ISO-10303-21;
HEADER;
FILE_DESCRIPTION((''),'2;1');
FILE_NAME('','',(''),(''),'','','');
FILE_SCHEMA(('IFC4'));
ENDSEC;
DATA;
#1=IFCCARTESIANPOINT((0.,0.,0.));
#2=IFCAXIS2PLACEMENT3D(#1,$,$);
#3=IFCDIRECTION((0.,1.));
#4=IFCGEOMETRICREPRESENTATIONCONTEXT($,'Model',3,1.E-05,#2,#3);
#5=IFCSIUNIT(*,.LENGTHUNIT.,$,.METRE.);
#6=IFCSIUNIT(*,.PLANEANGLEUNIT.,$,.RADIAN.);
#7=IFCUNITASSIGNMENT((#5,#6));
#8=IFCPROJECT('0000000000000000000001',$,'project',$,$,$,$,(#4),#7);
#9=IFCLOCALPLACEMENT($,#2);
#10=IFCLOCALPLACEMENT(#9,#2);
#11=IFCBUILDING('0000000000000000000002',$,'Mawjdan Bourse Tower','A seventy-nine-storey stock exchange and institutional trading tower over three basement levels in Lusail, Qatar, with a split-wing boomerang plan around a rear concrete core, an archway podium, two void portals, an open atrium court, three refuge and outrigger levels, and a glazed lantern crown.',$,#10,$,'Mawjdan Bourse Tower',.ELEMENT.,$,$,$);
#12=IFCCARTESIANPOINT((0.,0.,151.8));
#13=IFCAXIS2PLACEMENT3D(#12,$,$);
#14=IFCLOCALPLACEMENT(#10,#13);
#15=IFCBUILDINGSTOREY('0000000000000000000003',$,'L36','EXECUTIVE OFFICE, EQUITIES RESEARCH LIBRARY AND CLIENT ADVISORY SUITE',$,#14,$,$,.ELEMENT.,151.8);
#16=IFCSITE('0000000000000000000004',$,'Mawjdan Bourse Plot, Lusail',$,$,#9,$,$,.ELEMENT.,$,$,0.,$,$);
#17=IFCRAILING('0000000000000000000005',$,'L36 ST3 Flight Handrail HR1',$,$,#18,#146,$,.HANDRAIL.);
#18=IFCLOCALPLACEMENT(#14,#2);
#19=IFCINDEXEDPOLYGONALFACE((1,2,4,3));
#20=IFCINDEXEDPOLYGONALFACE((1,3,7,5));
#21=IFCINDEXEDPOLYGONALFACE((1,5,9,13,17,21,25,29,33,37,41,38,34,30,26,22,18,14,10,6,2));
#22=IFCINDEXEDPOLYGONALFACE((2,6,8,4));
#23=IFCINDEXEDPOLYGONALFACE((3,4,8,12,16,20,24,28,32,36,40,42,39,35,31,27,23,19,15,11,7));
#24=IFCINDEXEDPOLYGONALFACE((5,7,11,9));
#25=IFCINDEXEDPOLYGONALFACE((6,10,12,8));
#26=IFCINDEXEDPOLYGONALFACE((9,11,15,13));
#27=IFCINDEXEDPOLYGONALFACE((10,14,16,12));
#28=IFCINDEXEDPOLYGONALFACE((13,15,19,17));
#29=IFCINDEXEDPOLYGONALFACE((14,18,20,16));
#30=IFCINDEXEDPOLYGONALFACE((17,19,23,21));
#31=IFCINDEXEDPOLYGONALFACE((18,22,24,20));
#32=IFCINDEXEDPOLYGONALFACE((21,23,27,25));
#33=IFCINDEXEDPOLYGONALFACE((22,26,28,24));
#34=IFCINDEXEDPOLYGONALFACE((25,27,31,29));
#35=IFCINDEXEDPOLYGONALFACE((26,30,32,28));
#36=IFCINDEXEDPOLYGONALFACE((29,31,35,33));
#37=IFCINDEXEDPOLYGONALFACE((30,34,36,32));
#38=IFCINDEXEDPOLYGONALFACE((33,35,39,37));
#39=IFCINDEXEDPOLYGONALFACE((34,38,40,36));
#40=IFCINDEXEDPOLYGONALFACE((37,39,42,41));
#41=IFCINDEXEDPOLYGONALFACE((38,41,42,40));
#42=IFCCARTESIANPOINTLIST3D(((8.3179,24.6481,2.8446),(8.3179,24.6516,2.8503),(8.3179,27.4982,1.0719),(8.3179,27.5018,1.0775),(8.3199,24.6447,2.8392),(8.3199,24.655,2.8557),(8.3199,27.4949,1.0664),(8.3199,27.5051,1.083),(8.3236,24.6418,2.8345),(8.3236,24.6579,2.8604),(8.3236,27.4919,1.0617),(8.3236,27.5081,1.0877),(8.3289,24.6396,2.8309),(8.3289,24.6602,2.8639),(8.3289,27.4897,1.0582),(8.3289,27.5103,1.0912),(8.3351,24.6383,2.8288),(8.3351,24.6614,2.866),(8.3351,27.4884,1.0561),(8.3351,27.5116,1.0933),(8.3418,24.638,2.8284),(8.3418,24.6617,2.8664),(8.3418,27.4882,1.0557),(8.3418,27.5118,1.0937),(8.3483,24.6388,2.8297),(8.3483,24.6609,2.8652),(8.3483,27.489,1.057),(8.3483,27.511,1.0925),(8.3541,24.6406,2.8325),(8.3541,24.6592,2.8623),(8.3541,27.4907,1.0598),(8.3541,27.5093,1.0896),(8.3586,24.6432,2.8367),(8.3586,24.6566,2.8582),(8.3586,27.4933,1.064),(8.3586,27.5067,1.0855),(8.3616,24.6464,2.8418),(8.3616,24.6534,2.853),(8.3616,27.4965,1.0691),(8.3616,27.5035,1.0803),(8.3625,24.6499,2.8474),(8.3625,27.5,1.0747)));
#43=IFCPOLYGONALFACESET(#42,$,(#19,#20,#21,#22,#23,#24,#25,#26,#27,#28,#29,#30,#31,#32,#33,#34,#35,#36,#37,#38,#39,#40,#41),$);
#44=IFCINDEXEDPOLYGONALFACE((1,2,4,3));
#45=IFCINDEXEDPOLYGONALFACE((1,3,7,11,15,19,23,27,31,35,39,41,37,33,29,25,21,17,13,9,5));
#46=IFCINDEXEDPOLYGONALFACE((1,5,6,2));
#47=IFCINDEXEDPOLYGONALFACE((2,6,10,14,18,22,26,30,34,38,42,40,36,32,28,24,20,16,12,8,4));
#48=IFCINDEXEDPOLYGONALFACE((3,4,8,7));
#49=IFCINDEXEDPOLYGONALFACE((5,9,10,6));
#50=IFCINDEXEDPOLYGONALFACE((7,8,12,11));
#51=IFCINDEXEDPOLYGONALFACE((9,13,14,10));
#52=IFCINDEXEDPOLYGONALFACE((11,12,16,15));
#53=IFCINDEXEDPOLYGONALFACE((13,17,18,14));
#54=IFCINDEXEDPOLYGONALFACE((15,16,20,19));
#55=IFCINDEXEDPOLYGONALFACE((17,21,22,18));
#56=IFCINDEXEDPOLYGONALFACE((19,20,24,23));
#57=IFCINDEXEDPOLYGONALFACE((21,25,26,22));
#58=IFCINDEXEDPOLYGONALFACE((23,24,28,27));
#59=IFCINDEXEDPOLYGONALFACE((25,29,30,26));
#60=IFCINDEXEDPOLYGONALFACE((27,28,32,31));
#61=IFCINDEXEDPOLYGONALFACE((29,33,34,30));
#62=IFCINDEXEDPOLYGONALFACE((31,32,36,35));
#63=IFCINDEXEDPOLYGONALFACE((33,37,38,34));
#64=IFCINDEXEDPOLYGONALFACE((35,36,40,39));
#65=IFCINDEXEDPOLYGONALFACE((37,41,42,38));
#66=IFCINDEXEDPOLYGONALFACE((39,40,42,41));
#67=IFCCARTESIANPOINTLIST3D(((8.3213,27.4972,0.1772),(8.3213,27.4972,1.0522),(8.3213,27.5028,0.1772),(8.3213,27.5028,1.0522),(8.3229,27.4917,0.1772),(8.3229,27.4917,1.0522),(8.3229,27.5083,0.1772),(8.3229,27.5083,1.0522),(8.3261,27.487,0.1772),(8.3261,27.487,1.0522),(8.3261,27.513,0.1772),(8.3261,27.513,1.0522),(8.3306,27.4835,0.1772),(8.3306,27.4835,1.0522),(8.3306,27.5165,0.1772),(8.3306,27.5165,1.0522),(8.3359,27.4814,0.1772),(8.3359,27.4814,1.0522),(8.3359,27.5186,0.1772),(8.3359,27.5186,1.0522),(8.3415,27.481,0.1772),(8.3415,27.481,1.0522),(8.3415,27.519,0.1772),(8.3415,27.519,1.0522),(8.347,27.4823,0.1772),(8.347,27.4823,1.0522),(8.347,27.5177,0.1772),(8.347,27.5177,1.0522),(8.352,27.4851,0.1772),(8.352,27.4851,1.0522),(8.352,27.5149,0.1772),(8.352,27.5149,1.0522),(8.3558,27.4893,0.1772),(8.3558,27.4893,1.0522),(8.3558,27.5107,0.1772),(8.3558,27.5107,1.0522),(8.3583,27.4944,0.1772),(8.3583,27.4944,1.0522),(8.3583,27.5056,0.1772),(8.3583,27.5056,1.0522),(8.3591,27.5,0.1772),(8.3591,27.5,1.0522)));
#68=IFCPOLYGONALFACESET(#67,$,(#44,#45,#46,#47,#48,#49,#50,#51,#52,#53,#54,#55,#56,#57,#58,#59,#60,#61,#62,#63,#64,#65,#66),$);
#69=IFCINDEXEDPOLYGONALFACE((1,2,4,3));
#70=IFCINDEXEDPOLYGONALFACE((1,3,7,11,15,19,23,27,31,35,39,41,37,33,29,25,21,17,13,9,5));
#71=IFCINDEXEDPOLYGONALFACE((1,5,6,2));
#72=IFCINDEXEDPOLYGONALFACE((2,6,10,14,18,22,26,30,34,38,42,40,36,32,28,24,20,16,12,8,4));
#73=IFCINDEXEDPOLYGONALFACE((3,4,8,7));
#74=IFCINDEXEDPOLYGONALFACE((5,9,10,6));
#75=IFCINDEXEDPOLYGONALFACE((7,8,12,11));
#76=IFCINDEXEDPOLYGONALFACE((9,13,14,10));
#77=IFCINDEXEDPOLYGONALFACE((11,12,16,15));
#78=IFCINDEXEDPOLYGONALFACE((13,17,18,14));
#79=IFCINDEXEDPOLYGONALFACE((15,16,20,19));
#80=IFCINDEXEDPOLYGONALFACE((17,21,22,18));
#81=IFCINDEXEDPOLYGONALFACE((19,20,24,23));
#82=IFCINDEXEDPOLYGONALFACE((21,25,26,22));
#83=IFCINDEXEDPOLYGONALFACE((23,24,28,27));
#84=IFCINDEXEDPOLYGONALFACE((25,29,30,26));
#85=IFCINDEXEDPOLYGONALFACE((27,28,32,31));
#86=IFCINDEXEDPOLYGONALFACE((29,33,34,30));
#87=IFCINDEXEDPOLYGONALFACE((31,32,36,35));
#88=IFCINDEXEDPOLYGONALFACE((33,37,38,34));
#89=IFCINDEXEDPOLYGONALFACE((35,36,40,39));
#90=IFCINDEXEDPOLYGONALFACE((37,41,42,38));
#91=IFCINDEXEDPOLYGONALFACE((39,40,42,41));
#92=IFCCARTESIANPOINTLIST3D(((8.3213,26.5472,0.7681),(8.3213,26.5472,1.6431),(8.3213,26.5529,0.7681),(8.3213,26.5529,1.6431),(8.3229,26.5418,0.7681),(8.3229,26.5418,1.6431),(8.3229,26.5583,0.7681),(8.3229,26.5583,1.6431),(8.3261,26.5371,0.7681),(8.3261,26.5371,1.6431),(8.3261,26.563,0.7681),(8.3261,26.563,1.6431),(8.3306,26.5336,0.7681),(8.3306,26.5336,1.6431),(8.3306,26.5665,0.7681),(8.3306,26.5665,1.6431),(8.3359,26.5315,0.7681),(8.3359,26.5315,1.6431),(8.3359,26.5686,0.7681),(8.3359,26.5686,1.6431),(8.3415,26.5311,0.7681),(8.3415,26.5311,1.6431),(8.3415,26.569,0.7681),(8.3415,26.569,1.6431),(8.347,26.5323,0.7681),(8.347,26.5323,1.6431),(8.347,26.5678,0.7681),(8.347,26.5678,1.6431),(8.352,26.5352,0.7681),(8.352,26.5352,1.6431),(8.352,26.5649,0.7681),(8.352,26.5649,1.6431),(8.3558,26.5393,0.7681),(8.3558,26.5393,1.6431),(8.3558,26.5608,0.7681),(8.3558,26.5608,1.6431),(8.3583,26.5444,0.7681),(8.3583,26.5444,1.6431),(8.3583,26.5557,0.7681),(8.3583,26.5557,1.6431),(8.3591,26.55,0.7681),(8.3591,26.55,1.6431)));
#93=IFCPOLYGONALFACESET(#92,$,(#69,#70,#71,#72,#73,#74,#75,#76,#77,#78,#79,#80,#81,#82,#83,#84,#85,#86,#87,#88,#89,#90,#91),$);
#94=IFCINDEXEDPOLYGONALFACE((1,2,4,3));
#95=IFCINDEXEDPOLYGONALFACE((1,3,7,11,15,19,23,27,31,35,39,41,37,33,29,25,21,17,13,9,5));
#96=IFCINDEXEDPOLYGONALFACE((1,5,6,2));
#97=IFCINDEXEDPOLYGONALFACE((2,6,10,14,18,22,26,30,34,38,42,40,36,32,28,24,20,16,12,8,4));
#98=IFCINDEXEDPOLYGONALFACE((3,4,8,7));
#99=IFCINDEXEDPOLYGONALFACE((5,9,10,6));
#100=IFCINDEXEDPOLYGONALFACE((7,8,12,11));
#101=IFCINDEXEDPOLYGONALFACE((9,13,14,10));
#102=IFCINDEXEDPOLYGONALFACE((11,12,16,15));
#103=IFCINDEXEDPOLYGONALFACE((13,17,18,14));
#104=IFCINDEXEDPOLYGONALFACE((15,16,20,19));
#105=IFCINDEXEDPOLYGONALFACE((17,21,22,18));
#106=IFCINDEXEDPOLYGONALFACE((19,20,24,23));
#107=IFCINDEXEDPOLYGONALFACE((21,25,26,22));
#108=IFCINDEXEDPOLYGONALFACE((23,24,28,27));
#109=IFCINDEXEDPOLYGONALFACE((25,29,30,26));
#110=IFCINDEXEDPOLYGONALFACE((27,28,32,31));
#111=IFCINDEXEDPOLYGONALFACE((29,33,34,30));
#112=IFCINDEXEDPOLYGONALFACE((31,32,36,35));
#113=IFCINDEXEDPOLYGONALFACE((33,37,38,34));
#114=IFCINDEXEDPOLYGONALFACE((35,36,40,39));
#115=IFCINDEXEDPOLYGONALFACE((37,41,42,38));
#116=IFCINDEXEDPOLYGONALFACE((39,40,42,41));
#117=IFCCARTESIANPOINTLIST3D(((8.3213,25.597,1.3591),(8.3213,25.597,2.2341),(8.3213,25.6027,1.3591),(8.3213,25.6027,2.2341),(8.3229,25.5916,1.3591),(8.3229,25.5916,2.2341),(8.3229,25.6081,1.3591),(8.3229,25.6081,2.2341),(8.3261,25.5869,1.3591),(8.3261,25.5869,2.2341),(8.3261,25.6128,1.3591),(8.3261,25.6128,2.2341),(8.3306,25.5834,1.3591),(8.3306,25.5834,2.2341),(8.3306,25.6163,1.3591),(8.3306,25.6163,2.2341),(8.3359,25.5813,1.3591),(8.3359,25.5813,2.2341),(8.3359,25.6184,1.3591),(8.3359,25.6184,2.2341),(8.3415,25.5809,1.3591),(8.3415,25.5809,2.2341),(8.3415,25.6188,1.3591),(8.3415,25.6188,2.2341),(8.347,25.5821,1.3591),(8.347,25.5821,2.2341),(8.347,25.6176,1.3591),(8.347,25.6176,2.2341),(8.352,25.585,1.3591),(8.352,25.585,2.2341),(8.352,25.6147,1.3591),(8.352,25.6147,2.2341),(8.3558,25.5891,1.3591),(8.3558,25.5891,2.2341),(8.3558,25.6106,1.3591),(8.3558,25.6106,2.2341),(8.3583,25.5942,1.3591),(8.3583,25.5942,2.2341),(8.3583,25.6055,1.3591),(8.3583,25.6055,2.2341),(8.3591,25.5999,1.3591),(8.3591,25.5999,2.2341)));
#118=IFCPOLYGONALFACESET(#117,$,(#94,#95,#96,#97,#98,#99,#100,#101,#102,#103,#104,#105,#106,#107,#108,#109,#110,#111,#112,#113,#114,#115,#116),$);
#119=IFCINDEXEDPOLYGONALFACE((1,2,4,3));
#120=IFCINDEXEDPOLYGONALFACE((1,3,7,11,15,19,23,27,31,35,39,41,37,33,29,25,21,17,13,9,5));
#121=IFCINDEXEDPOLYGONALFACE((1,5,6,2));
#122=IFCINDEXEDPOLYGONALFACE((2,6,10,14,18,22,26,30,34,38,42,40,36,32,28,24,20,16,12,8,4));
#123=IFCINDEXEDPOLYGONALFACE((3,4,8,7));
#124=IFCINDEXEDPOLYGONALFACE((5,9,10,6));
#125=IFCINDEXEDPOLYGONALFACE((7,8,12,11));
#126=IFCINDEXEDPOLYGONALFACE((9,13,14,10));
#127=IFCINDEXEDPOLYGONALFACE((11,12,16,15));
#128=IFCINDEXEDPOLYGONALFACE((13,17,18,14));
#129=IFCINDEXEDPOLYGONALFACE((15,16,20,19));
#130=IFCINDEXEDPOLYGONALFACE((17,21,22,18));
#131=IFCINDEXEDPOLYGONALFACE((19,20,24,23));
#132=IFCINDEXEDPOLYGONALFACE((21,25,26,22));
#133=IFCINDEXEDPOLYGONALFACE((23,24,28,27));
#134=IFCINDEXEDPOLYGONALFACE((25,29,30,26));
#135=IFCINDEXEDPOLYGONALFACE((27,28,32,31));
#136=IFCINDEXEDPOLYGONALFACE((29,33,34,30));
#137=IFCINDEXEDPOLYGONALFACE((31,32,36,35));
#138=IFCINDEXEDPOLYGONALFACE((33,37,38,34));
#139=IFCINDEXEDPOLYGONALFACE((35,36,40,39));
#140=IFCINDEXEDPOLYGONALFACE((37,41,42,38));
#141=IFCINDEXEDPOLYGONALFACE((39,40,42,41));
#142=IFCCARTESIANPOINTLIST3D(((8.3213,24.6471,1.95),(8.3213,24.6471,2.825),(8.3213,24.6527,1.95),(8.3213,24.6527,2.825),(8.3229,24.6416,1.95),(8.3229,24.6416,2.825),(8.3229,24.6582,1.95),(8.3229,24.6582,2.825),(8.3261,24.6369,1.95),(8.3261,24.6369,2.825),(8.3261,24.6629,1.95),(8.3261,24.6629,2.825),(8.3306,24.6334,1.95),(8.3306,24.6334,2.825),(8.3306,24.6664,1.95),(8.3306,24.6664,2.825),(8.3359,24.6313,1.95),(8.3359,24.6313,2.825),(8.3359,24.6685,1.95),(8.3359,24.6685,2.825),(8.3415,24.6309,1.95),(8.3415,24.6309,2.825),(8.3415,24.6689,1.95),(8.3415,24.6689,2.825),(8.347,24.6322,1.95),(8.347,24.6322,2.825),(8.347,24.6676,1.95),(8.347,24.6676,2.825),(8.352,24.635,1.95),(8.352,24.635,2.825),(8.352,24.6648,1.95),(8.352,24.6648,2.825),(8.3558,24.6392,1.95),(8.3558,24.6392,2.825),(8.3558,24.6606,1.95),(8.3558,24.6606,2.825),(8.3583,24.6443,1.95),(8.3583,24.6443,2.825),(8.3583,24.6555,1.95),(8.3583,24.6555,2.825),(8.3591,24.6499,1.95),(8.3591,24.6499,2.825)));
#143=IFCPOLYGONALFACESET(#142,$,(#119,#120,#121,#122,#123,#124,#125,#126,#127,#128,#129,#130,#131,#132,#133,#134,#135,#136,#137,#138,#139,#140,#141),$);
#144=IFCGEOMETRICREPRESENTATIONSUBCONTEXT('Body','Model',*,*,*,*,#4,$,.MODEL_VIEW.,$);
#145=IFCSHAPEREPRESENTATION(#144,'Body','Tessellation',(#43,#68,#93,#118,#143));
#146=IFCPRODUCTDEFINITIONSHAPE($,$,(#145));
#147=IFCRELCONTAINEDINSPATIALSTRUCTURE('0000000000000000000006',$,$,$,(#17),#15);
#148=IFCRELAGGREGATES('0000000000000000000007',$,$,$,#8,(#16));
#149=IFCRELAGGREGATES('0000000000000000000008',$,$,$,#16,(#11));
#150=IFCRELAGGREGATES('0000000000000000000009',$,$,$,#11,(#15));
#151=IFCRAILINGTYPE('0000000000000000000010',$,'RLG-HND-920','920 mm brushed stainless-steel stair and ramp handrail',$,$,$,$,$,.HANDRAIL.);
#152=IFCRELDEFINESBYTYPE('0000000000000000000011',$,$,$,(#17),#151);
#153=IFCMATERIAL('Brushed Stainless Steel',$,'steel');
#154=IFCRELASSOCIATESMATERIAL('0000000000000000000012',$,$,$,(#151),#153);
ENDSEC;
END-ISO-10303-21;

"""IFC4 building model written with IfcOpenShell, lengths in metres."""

from ifc_helpers import new_model, si_unit, direction, frame, origin, origin_2d, place, context, subcontext, project, spatial, circle, extrude, material, type_object, element, save


model = new_model("IFC4")

# Units and contexts
model_context = context("Model", 3, precision=1e-05, world=origin(), true_north=direction((0.0, 1.0)))
body_context = subcontext(model_context, "Body", "Model", "MODEL_VIEW")
ifc_project = project(units=[si_unit("LENGTHUNIT", "METRE"), si_unit("PLANEANGLEUNIT", "RADIAN")], contexts=[model_context])

# Site, building, storey
site_placement = place(None, origin())
site = spatial("IfcSite", under=ifc_project, at=site_placement, Name="Mawjdan Bourse Plot, Lusail", CompositionType="ELEMENT", RefElevation=0.0)
building_placement = place(site_placement, origin())
building = spatial("IfcBuilding", under=site, at=building_placement, Name="Mawjdan Bourse Tower", Description="A seventy-nine-storey stock exchange and institutional trading tower over three basement levels in Lusail, Qatar, with a split-wing boomerang plan around a rear concrete core, an archway podium, two void portals, an open atrium court, three refuge and outrigger levels, and a glazed lantern crown.", LongName="Mawjdan Bourse Tower", CompositionType="ELEMENT")
storey_placement = place(building_placement, frame((0.0, 0.0, 151.8)))
storey = spatial("IfcBuildingStorey", under=building, at=storey_placement, Name="L36", Description="EXECUTIVE OFFICE, EQUITIES RESEARCH LIBRARY AND CLIENT ADVISORY SUITE", CompositionType="ELEMENT", Elevation=151.8)

# Railing
ifc_material_1 = material(Name="Brushed Stainless Steel", Category="steel")
railing_type_1 = type_object("IfcRailingType", Name="RLG-HND-920", Description="920 mm brushed stainless-steel stair and ramp handrail", PredefinedType="HANDRAIL", material=ifc_material_1)
railing_1_placement = place(storey_placement, frame((8.3401, 27.5, 0.1772)))
element("IfcRailing", 1, at=railing_1_placement, inside=storey, type_object=railing_type_1, Name="L36 ST3 Flight Handrail HR1", PredefinedType="HANDRAIL", context=body_context, shape_type="SweptSolid", body=[
    extrude(circle(Radius=0.0225, at=origin_2d()), frame((0.0, 0.0, 0.8975), z_axis=(0.0, -0.849149, 0.528154), x_axis=(1.0, 0.0, 0.0)), (0.0, 0.0, 1.0), 3.3564),
    extrude(circle(Radius=0.019, at=origin_2d()), origin(), (0.0, 0.0, 1.0), 0.875),
    extrude(circle(Radius=0.019, at=origin_2d()), frame((0.0, -0.95, 0.5908)), (0.0, 0.0, 1.0), 0.875),
    extrude(circle(Radius=0.019, at=origin_2d()), frame((0.0, -1.9001, 1.1819)), (0.0, 0.0, 1.0), 0.875),
    extrude(circle(Radius=0.019, at=origin_2d()), frame((0.0, -2.8501, 1.7727)), (0.0, 0.0, 1.0), 0.875),
])

save(model, "model.ifc")
